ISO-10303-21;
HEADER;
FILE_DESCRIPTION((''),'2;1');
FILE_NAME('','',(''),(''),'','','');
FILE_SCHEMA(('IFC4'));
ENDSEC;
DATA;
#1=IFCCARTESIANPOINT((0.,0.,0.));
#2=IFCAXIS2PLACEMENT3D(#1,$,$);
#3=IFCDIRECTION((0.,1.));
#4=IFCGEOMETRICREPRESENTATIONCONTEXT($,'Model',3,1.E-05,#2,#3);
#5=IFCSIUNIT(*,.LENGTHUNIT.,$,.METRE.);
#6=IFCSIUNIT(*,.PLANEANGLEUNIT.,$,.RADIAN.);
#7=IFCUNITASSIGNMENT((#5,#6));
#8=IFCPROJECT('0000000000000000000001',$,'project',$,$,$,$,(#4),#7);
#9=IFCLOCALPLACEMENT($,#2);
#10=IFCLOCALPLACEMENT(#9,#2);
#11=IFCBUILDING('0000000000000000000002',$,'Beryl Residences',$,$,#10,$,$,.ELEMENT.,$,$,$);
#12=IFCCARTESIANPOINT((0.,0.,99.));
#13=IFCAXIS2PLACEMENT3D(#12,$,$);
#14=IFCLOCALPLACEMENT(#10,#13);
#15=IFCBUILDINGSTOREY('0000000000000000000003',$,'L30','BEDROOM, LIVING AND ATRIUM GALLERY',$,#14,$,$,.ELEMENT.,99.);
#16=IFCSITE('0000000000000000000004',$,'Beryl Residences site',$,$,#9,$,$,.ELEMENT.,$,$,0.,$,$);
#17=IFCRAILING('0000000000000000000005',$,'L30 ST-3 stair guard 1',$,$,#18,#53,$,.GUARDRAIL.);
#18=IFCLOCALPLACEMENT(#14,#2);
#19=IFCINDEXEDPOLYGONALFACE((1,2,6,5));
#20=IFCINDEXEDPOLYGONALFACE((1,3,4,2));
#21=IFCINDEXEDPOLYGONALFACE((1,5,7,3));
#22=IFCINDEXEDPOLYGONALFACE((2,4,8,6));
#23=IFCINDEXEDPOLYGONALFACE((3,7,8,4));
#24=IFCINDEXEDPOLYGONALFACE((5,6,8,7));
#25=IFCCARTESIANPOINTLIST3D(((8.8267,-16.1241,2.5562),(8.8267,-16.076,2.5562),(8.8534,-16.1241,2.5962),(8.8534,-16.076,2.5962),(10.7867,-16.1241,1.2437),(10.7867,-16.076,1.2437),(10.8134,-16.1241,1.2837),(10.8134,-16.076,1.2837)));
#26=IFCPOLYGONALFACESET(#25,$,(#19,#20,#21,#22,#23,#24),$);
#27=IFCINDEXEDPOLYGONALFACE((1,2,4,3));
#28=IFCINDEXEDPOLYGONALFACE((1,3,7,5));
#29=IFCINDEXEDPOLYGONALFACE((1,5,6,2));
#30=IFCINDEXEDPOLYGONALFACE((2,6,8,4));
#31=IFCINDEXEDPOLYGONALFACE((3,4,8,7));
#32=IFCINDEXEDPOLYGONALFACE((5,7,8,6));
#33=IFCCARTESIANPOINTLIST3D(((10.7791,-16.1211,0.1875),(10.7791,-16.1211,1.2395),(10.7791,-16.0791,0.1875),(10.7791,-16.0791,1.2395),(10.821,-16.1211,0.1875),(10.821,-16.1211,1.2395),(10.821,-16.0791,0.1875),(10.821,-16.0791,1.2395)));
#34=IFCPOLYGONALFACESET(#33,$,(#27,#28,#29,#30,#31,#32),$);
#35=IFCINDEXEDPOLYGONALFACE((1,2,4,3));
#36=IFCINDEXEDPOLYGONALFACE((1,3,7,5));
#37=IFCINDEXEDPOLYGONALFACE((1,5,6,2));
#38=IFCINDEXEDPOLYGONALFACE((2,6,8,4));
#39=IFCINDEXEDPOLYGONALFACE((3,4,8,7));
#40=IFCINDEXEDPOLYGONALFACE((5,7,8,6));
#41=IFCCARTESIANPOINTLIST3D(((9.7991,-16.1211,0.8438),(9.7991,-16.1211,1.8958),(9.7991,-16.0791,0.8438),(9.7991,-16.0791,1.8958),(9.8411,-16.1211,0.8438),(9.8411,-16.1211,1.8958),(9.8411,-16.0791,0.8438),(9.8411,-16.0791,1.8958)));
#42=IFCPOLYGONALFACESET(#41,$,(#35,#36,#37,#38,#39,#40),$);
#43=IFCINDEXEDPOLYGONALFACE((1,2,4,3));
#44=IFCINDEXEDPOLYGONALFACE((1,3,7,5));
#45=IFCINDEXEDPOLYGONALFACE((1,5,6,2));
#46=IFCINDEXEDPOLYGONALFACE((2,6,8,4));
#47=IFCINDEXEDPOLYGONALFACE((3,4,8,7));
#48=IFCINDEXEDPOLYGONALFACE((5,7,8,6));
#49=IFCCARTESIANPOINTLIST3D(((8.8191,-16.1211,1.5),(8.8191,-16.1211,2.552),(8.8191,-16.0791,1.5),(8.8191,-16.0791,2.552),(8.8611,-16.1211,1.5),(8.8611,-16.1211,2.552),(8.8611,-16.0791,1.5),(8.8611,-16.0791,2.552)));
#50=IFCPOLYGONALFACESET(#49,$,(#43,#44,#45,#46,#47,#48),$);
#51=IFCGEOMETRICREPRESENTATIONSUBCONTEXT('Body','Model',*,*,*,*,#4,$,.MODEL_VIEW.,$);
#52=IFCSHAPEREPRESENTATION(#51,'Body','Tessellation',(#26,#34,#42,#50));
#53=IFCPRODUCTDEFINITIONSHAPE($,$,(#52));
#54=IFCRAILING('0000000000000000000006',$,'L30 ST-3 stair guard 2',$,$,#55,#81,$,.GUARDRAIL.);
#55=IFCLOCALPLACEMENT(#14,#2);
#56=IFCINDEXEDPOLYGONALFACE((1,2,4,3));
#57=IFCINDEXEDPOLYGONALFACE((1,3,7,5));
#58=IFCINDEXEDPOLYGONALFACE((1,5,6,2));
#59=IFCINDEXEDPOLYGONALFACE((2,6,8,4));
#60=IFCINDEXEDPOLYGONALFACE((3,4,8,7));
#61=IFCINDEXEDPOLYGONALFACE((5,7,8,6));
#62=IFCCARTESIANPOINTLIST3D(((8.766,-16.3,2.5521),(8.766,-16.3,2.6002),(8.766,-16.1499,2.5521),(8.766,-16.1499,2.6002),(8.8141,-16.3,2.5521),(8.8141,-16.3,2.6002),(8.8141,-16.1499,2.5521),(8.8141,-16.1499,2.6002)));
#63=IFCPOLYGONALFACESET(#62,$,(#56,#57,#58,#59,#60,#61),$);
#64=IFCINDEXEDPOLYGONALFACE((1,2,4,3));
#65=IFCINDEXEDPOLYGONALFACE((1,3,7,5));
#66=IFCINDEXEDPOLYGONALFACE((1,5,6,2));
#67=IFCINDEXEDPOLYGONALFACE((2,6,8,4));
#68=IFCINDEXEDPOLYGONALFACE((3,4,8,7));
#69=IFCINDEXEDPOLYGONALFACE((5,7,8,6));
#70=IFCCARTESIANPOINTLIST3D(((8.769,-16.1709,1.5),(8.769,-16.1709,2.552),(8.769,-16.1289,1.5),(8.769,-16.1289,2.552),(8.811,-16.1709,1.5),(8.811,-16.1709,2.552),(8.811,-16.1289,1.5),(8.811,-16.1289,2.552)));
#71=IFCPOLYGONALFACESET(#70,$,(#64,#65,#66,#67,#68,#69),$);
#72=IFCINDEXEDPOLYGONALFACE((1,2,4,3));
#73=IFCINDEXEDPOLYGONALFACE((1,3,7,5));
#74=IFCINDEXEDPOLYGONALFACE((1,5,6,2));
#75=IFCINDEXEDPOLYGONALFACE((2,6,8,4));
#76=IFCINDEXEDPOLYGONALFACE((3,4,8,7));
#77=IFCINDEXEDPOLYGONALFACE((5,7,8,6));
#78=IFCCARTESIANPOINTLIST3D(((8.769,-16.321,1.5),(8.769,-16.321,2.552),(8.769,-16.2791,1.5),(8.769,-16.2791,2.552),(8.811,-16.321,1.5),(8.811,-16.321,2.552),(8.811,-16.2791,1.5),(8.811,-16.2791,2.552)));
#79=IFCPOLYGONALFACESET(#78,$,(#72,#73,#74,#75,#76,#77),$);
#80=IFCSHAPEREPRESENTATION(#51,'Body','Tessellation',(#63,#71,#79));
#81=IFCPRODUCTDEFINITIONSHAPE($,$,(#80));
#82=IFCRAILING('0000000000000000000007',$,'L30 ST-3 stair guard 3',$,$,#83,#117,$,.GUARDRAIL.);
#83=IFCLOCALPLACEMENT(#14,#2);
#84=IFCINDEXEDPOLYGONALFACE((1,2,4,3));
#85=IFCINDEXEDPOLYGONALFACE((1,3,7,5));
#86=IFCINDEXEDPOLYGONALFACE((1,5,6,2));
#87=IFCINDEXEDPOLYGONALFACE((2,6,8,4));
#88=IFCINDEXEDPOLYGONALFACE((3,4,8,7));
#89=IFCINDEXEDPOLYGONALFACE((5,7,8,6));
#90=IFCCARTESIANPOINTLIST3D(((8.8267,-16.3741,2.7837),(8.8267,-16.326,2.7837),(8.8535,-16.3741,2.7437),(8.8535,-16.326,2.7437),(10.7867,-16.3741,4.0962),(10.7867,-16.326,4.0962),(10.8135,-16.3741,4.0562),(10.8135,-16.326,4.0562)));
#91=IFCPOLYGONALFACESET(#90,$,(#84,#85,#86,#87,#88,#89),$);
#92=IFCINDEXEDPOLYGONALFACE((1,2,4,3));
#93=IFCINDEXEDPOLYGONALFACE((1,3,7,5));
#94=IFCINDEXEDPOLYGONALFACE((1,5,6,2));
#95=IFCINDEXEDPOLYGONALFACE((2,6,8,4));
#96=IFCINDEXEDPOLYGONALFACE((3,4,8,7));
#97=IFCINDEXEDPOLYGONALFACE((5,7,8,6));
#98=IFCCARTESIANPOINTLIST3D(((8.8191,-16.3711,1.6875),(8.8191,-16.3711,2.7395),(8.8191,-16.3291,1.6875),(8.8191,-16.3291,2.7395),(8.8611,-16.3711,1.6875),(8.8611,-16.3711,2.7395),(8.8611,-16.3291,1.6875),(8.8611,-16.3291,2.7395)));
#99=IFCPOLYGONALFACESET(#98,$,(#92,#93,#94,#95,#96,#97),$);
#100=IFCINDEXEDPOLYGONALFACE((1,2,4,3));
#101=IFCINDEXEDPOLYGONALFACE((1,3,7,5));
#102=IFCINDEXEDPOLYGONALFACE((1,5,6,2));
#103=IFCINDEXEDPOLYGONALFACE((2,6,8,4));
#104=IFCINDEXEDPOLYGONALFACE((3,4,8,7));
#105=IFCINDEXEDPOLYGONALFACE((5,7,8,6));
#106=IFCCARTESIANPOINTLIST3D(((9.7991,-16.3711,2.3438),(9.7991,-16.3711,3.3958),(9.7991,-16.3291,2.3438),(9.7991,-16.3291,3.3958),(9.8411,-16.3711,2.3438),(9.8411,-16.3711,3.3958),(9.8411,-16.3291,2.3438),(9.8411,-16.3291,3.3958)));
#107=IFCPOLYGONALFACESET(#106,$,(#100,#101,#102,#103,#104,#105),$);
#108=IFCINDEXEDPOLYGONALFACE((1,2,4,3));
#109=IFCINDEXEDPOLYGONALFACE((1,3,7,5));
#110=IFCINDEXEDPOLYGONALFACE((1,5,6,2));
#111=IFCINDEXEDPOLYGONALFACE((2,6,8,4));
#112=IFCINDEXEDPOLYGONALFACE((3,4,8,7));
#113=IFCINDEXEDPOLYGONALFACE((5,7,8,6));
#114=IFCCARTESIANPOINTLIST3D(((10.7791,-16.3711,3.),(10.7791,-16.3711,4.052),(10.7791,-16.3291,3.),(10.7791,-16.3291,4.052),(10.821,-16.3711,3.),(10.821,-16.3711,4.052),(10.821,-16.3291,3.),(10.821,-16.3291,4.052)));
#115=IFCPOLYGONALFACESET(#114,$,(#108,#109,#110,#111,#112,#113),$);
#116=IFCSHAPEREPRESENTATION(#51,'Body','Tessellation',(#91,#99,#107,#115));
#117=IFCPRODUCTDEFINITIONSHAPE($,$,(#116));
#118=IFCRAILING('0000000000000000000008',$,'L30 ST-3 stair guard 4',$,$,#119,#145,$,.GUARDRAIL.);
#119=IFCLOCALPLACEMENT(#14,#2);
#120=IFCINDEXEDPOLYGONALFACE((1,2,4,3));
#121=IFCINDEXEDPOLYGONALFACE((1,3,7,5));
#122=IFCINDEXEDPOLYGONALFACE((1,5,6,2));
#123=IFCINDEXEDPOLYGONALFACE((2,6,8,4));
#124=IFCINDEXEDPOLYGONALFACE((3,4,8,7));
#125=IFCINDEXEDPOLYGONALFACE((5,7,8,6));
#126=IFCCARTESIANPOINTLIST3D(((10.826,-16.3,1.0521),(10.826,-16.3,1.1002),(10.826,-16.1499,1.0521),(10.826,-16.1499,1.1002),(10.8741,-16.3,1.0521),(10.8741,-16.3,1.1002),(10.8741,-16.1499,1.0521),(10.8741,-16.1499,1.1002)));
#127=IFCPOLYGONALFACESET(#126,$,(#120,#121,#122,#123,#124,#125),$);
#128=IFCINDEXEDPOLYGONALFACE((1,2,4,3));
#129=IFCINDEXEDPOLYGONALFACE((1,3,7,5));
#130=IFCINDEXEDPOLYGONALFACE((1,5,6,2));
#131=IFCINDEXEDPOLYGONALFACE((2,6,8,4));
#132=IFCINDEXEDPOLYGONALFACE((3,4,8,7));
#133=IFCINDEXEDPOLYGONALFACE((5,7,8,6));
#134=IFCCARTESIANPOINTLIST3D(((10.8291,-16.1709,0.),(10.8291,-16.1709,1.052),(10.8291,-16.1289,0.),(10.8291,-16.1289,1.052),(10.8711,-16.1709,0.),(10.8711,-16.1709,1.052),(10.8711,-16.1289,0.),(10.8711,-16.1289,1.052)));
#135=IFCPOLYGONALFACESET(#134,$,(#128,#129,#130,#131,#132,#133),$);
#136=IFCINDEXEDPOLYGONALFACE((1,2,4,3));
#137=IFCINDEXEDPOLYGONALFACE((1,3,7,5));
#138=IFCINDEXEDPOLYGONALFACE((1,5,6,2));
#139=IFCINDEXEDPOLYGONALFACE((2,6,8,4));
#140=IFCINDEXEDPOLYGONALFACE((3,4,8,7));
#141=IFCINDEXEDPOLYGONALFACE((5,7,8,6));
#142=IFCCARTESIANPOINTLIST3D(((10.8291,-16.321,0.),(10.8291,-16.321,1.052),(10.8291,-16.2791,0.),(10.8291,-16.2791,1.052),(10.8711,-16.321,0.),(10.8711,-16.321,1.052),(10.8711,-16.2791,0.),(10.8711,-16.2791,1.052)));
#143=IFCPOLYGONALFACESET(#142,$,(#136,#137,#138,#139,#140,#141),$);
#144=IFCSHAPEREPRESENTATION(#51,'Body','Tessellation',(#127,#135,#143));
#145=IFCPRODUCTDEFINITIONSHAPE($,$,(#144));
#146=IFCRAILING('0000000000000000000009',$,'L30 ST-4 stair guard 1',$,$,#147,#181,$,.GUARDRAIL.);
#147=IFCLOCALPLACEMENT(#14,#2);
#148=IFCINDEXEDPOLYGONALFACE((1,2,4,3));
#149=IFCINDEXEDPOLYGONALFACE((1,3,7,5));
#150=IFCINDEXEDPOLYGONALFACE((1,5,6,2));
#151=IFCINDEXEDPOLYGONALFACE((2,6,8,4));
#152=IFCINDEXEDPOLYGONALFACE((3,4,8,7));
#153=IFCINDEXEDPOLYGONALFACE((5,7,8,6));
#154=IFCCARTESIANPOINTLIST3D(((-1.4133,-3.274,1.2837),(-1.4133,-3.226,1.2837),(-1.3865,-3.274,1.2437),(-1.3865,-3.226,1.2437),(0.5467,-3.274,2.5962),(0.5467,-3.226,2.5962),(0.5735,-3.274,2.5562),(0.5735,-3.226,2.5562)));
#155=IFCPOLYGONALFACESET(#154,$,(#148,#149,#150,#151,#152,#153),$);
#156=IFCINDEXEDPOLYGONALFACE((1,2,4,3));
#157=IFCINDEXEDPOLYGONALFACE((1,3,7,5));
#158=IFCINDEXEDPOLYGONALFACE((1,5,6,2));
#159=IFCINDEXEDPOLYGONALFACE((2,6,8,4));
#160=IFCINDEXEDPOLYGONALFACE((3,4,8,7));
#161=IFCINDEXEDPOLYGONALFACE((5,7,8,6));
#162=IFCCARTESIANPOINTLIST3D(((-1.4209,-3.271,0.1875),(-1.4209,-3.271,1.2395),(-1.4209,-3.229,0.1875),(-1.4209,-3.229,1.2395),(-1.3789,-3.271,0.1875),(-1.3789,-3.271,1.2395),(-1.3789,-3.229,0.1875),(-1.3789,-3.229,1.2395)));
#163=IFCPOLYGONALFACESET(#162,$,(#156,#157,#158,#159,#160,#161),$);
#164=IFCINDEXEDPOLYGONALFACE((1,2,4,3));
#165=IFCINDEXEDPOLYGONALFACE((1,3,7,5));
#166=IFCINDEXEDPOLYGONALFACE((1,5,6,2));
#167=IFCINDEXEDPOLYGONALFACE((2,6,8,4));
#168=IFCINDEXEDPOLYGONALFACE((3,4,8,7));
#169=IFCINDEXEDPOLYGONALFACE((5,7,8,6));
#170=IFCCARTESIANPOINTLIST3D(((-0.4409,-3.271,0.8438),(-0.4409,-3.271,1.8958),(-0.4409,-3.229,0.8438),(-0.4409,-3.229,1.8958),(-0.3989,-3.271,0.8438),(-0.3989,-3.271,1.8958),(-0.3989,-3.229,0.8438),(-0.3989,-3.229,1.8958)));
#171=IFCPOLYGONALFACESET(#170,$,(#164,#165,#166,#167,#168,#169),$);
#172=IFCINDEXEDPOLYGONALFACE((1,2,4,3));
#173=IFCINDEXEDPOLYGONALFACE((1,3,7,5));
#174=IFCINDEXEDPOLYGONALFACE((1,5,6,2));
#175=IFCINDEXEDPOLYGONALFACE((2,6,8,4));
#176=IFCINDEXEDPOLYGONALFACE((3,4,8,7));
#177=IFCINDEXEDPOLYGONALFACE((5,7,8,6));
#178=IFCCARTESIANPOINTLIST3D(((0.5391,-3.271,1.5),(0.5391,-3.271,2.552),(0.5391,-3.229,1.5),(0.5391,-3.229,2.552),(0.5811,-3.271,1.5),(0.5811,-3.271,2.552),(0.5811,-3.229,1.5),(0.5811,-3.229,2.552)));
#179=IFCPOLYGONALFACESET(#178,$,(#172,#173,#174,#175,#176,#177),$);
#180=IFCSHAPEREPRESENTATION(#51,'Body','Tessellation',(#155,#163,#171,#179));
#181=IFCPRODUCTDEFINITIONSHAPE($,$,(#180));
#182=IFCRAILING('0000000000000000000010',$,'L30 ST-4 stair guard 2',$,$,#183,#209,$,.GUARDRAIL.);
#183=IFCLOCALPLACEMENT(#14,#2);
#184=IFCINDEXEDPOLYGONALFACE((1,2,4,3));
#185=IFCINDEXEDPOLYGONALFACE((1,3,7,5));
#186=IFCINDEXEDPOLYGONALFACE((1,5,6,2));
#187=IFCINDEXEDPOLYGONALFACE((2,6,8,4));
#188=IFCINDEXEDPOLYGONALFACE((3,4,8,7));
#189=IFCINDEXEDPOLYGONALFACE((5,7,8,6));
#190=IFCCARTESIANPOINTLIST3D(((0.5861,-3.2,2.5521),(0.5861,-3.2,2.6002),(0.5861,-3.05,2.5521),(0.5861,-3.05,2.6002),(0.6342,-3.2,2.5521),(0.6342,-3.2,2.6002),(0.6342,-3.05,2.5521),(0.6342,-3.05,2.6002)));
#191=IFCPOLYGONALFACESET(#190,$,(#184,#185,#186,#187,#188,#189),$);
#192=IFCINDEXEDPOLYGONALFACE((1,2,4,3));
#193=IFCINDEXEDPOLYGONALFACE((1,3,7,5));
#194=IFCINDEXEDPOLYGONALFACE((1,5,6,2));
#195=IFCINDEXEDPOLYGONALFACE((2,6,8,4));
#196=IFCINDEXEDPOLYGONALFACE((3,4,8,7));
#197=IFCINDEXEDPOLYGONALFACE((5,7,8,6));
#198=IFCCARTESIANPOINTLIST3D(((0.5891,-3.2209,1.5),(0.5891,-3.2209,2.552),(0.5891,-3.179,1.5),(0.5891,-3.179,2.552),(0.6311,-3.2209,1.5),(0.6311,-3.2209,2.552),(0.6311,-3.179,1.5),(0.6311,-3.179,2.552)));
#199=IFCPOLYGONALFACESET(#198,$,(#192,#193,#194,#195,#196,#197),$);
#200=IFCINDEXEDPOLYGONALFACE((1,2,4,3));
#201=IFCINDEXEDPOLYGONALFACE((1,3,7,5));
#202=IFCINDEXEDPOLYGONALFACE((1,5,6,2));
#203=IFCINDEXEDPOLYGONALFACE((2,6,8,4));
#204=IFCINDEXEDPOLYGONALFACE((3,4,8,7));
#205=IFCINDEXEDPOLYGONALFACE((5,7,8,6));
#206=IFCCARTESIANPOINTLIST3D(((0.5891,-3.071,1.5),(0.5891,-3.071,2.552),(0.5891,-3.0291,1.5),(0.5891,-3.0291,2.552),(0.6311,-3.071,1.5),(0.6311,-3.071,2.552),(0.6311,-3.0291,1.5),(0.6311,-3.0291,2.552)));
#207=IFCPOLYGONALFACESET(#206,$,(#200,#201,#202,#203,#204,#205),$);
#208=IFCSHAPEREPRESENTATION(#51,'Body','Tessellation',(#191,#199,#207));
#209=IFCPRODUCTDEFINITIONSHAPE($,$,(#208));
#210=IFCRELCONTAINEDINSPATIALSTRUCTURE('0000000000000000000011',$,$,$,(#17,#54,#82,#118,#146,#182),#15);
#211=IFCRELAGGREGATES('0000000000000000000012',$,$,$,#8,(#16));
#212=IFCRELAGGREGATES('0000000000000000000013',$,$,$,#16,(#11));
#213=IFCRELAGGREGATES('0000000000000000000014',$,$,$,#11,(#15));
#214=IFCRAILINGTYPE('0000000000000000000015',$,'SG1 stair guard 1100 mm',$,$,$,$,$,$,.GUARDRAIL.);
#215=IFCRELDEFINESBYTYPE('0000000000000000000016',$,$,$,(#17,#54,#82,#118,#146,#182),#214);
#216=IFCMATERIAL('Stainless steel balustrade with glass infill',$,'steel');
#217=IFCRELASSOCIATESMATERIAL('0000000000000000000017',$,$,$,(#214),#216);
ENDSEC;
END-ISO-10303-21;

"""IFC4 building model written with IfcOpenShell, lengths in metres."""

from ifc_helpers import new_model, si_unit, direction, frame, origin, origin_2d, place, context, subcontext, project, spatial, rectangle, extrude, material, type_object, element, save


model = new_model("IFC4")

# Units and contexts
model_context = context("Model", 3, precision=1e-05, world=origin(), true_north=direction((0.0, 1.0)))
body_context = subcontext(model_context, "Body", "Model", "MODEL_VIEW")
ifc_project = project(units=[si_unit("LENGTHUNIT", "METRE"), si_unit("PLANEANGLEUNIT", "RADIAN")], contexts=[model_context])

# Site, building, storey
site_placement = place(None, origin())
site = spatial("IfcSite", under=ifc_project, at=site_placement, Name="Beryl Residences site", CompositionType="ELEMENT", RefElevation=0.0)
building_placement = place(site_placement, origin())
building = spatial("IfcBuilding", under=site, at=building_placement, Name="Beryl Residences", CompositionType="ELEMENT")
storey_placement = place(building_placement, frame((0.0, 0.0, 99.0)))
storey = spatial("IfcBuildingStorey", under=building, at=storey_placement, Name="L30", Description="BEDROOM, LIVING AND ATRIUM GALLERY", CompositionType="ELEMENT", Elevation=99.0)

# Railings
ifc_material_1 = material(Name="Stainless steel balustrade with glass infill", Category="steel")
railing_type_1 = type_object("IfcRailingType", Name="SG1 stair guard 1100 mm", PredefinedType="GUARDRAIL", material=ifc_material_1)
railing_1_placement = place(storey_placement, frame((10.8, -16.1001, 0.1875)))
element("IfcRailing", 1, at=railing_1_placement, inside=storey, type_object=railing_type_1, Name="L30 ST-3 stair guard 1", PredefinedType="GUARDRAIL", context=body_context, shape_type="SweptSolid", body=[
    extrude(rectangle(XDim=0.0481, YDim=0.0481, at=origin_2d()), frame((0.0, 0.0, 1.0762), z_axis=(-0.830902, 0.0, 0.556419), x_axis=(0.0, -1.0, 0.0)), (0.0, 0.0, 1.0), 2.3589),
    extrude(rectangle(XDim=0.042, YDim=0.042, at=origin_2d()), origin(), (0.0, 0.0, 1.0), 1.052),
    extrude(rectangle(XDim=0.042, YDim=0.042, at=origin_2d()), frame((-0.98, 0.0, 0.6562)), (0.0, 0.0, 1.0), 1.052),
    extrude(rectangle(XDim=0.042, YDim=0.042, at=origin_2d()), frame((-1.96, 0.0, 1.3125)), (0.0, 0.0, 1.0), 1.052),
])
railing_2_placement = place(storey_placement, frame((8.79, -16.1499, 1.5)))
element("IfcRailing", 2, at=railing_2_placement, inside=storey, type_object=railing_type_1, Name="L30 ST-3 stair guard 2", PredefinedType="GUARDRAIL", context=body_context, shape_type="SweptSolid", body=[
    extrude(rectangle(XDim=0.0481, YDim=0.0481, at=origin_2d()), frame((0.0, 0.0, 1.0762), z_axis=(0.0, -1.0, 0.0), x_axis=(1.0, 0.0, 0.0)), (0.0, 0.0, 1.0), 0.1501),
    extrude(rectangle(XDim=0.042, YDim=0.042, at=origin_2d()), origin(), (0.0, 0.0, 1.0), 1.052),
    extrude(rectangle(XDim=0.042, YDim=0.042, at=origin_2d()), frame((0.0, -0.1501, 0.0)), (0.0, 0.0, 1.0), 1.052),
])
railing_3_placement = place(storey_placement, frame((8.8401, -16.3501, 1.6875)))
element("IfcRailing", 3, at=railing_3_placement, inside=storey, type_object=railing_type_1, Name="L30 ST-3 stair guard 3", PredefinedType="GUARDRAIL", context=body_context, shape_type="SweptSolid", body=[
    extrude(rectangle(XDim=0.0481, YDim=0.0481, at=origin_2d()), frame((0.0, 0.0, 1.0762), z_axis=(0.830902, 0.0, 0.556419), x_axis=(0.0, 1.0, 0.0)), (0.0, 0.0, 1.0), 2.3589),
    extrude(rectangle(XDim=0.042, YDim=0.042, at=origin_2d()), origin(), (0.0, 0.0, 1.0), 1.052),
    extrude(rectangle(XDim=0.042, YDim=0.042, at=origin_2d()), frame((0.98, 0.0, 0.6562)), (0.0, 0.0, 1.0), 1.052),
    extrude(rectangle(XDim=0.042, YDim=0.042, at=origin_2d()), frame((1.96, 0.0, 1.3125)), (0.0, 0.0, 1.0), 1.052),
])
railing_4_placement = place(storey_placement, frame((10.8501, -16.1499, 0.0)))
element("IfcRailing", 4, at=railing_4_placement, inside=storey, type_object=railing_type_1, Name="L30 ST-3 stair guard 4", PredefinedType="GUARDRAIL", context=body_context, shape_type="SweptSolid", body=[
    extrude(rectangle(XDim=0.0481, YDim=0.0481, at=origin_2d()), frame((0.0, 0.0, 1.0762), z_axis=(0.0, -1.0, 0.0), x_axis=(1.0, 0.0, 0.0)), (0.0, 0.0, 1.0), 0.1501),
    extrude(rectangle(XDim=0.042, YDim=0.042, at=origin_2d()), origin(), (0.0, 0.0, 1.0), 1.052),
    extrude(rectangle(XDim=0.042, YDim=0.042, at=origin_2d()), frame((0.0, -0.1501, 0.0)), (0.0, 0.0, 1.0), 1.052),
])
railing_5_placement = place(storey_placement, frame((-1.3999, -3.25, 0.1875)))
element("IfcRailing", 5, at=railing_5_placement, inside=storey, type_object=railing_type_1, Name="L30 ST-4 stair guard 1", PredefinedType="GUARDRAIL", context=body_context, shape_type="SweptSolid", body=[
    extrude(rectangle(XDim=0.0481, YDim=0.0481, at=origin_2d()), frame((0.0, 0.0, 1.0762), z_axis=(0.830902, 0.0, 0.556419), x_axis=(0.0, 1.0, 0.0)), (0.0, 0.0, 1.0), 2.3589),
    extrude(rectangle(XDim=0.042, YDim=0.042, at=origin_2d()), origin(), (0.0, 0.0, 1.0), 1.052),
    extrude(rectangle(XDim=0.042, YDim=0.042, at=origin_2d()), frame((0.98, 0.0, 0.6562)), (0.0, 0.0, 1.0), 1.052),
    extrude(rectangle(XDim=0.042, YDim=0.042, at=origin_2d()), frame((1.96, 0.0, 1.3125)), (0.0, 0.0, 1.0), 1.052),
])
railing_6_placement = place(storey_placement, frame((0.6101, -3.2, 1.5)))
element("IfcRailing", 6, at=railing_6_placement, inside=storey, type_object=railing_type_1, Name="L30 ST-4 stair guard 2", PredefinedType="GUARDRAIL", context=body_context, shape_type="SweptSolid", body=[
    extrude(rectangle(XDim=0.0481, YDim=0.0481, at=origin_2d()), frame((0.0, 0.0, 1.0762), z_axis=(0.0, 1.0, 0.0), x_axis=(-1.0, 0.0, 0.0)), (0.0, 0.0, 1.0), 0.1499),
    extrude(rectangle(XDim=0.042, YDim=0.042, at=origin_2d()), origin(), (0.0, 0.0, 1.0), 1.052),
    extrude(rectangle(XDim=0.042, YDim=0.042, at=origin_2d()), frame((0.0, 0.1499, 0.0)), (0.0, 0.0, 1.0), 1.052),
])

save(model, "model.ifc")
